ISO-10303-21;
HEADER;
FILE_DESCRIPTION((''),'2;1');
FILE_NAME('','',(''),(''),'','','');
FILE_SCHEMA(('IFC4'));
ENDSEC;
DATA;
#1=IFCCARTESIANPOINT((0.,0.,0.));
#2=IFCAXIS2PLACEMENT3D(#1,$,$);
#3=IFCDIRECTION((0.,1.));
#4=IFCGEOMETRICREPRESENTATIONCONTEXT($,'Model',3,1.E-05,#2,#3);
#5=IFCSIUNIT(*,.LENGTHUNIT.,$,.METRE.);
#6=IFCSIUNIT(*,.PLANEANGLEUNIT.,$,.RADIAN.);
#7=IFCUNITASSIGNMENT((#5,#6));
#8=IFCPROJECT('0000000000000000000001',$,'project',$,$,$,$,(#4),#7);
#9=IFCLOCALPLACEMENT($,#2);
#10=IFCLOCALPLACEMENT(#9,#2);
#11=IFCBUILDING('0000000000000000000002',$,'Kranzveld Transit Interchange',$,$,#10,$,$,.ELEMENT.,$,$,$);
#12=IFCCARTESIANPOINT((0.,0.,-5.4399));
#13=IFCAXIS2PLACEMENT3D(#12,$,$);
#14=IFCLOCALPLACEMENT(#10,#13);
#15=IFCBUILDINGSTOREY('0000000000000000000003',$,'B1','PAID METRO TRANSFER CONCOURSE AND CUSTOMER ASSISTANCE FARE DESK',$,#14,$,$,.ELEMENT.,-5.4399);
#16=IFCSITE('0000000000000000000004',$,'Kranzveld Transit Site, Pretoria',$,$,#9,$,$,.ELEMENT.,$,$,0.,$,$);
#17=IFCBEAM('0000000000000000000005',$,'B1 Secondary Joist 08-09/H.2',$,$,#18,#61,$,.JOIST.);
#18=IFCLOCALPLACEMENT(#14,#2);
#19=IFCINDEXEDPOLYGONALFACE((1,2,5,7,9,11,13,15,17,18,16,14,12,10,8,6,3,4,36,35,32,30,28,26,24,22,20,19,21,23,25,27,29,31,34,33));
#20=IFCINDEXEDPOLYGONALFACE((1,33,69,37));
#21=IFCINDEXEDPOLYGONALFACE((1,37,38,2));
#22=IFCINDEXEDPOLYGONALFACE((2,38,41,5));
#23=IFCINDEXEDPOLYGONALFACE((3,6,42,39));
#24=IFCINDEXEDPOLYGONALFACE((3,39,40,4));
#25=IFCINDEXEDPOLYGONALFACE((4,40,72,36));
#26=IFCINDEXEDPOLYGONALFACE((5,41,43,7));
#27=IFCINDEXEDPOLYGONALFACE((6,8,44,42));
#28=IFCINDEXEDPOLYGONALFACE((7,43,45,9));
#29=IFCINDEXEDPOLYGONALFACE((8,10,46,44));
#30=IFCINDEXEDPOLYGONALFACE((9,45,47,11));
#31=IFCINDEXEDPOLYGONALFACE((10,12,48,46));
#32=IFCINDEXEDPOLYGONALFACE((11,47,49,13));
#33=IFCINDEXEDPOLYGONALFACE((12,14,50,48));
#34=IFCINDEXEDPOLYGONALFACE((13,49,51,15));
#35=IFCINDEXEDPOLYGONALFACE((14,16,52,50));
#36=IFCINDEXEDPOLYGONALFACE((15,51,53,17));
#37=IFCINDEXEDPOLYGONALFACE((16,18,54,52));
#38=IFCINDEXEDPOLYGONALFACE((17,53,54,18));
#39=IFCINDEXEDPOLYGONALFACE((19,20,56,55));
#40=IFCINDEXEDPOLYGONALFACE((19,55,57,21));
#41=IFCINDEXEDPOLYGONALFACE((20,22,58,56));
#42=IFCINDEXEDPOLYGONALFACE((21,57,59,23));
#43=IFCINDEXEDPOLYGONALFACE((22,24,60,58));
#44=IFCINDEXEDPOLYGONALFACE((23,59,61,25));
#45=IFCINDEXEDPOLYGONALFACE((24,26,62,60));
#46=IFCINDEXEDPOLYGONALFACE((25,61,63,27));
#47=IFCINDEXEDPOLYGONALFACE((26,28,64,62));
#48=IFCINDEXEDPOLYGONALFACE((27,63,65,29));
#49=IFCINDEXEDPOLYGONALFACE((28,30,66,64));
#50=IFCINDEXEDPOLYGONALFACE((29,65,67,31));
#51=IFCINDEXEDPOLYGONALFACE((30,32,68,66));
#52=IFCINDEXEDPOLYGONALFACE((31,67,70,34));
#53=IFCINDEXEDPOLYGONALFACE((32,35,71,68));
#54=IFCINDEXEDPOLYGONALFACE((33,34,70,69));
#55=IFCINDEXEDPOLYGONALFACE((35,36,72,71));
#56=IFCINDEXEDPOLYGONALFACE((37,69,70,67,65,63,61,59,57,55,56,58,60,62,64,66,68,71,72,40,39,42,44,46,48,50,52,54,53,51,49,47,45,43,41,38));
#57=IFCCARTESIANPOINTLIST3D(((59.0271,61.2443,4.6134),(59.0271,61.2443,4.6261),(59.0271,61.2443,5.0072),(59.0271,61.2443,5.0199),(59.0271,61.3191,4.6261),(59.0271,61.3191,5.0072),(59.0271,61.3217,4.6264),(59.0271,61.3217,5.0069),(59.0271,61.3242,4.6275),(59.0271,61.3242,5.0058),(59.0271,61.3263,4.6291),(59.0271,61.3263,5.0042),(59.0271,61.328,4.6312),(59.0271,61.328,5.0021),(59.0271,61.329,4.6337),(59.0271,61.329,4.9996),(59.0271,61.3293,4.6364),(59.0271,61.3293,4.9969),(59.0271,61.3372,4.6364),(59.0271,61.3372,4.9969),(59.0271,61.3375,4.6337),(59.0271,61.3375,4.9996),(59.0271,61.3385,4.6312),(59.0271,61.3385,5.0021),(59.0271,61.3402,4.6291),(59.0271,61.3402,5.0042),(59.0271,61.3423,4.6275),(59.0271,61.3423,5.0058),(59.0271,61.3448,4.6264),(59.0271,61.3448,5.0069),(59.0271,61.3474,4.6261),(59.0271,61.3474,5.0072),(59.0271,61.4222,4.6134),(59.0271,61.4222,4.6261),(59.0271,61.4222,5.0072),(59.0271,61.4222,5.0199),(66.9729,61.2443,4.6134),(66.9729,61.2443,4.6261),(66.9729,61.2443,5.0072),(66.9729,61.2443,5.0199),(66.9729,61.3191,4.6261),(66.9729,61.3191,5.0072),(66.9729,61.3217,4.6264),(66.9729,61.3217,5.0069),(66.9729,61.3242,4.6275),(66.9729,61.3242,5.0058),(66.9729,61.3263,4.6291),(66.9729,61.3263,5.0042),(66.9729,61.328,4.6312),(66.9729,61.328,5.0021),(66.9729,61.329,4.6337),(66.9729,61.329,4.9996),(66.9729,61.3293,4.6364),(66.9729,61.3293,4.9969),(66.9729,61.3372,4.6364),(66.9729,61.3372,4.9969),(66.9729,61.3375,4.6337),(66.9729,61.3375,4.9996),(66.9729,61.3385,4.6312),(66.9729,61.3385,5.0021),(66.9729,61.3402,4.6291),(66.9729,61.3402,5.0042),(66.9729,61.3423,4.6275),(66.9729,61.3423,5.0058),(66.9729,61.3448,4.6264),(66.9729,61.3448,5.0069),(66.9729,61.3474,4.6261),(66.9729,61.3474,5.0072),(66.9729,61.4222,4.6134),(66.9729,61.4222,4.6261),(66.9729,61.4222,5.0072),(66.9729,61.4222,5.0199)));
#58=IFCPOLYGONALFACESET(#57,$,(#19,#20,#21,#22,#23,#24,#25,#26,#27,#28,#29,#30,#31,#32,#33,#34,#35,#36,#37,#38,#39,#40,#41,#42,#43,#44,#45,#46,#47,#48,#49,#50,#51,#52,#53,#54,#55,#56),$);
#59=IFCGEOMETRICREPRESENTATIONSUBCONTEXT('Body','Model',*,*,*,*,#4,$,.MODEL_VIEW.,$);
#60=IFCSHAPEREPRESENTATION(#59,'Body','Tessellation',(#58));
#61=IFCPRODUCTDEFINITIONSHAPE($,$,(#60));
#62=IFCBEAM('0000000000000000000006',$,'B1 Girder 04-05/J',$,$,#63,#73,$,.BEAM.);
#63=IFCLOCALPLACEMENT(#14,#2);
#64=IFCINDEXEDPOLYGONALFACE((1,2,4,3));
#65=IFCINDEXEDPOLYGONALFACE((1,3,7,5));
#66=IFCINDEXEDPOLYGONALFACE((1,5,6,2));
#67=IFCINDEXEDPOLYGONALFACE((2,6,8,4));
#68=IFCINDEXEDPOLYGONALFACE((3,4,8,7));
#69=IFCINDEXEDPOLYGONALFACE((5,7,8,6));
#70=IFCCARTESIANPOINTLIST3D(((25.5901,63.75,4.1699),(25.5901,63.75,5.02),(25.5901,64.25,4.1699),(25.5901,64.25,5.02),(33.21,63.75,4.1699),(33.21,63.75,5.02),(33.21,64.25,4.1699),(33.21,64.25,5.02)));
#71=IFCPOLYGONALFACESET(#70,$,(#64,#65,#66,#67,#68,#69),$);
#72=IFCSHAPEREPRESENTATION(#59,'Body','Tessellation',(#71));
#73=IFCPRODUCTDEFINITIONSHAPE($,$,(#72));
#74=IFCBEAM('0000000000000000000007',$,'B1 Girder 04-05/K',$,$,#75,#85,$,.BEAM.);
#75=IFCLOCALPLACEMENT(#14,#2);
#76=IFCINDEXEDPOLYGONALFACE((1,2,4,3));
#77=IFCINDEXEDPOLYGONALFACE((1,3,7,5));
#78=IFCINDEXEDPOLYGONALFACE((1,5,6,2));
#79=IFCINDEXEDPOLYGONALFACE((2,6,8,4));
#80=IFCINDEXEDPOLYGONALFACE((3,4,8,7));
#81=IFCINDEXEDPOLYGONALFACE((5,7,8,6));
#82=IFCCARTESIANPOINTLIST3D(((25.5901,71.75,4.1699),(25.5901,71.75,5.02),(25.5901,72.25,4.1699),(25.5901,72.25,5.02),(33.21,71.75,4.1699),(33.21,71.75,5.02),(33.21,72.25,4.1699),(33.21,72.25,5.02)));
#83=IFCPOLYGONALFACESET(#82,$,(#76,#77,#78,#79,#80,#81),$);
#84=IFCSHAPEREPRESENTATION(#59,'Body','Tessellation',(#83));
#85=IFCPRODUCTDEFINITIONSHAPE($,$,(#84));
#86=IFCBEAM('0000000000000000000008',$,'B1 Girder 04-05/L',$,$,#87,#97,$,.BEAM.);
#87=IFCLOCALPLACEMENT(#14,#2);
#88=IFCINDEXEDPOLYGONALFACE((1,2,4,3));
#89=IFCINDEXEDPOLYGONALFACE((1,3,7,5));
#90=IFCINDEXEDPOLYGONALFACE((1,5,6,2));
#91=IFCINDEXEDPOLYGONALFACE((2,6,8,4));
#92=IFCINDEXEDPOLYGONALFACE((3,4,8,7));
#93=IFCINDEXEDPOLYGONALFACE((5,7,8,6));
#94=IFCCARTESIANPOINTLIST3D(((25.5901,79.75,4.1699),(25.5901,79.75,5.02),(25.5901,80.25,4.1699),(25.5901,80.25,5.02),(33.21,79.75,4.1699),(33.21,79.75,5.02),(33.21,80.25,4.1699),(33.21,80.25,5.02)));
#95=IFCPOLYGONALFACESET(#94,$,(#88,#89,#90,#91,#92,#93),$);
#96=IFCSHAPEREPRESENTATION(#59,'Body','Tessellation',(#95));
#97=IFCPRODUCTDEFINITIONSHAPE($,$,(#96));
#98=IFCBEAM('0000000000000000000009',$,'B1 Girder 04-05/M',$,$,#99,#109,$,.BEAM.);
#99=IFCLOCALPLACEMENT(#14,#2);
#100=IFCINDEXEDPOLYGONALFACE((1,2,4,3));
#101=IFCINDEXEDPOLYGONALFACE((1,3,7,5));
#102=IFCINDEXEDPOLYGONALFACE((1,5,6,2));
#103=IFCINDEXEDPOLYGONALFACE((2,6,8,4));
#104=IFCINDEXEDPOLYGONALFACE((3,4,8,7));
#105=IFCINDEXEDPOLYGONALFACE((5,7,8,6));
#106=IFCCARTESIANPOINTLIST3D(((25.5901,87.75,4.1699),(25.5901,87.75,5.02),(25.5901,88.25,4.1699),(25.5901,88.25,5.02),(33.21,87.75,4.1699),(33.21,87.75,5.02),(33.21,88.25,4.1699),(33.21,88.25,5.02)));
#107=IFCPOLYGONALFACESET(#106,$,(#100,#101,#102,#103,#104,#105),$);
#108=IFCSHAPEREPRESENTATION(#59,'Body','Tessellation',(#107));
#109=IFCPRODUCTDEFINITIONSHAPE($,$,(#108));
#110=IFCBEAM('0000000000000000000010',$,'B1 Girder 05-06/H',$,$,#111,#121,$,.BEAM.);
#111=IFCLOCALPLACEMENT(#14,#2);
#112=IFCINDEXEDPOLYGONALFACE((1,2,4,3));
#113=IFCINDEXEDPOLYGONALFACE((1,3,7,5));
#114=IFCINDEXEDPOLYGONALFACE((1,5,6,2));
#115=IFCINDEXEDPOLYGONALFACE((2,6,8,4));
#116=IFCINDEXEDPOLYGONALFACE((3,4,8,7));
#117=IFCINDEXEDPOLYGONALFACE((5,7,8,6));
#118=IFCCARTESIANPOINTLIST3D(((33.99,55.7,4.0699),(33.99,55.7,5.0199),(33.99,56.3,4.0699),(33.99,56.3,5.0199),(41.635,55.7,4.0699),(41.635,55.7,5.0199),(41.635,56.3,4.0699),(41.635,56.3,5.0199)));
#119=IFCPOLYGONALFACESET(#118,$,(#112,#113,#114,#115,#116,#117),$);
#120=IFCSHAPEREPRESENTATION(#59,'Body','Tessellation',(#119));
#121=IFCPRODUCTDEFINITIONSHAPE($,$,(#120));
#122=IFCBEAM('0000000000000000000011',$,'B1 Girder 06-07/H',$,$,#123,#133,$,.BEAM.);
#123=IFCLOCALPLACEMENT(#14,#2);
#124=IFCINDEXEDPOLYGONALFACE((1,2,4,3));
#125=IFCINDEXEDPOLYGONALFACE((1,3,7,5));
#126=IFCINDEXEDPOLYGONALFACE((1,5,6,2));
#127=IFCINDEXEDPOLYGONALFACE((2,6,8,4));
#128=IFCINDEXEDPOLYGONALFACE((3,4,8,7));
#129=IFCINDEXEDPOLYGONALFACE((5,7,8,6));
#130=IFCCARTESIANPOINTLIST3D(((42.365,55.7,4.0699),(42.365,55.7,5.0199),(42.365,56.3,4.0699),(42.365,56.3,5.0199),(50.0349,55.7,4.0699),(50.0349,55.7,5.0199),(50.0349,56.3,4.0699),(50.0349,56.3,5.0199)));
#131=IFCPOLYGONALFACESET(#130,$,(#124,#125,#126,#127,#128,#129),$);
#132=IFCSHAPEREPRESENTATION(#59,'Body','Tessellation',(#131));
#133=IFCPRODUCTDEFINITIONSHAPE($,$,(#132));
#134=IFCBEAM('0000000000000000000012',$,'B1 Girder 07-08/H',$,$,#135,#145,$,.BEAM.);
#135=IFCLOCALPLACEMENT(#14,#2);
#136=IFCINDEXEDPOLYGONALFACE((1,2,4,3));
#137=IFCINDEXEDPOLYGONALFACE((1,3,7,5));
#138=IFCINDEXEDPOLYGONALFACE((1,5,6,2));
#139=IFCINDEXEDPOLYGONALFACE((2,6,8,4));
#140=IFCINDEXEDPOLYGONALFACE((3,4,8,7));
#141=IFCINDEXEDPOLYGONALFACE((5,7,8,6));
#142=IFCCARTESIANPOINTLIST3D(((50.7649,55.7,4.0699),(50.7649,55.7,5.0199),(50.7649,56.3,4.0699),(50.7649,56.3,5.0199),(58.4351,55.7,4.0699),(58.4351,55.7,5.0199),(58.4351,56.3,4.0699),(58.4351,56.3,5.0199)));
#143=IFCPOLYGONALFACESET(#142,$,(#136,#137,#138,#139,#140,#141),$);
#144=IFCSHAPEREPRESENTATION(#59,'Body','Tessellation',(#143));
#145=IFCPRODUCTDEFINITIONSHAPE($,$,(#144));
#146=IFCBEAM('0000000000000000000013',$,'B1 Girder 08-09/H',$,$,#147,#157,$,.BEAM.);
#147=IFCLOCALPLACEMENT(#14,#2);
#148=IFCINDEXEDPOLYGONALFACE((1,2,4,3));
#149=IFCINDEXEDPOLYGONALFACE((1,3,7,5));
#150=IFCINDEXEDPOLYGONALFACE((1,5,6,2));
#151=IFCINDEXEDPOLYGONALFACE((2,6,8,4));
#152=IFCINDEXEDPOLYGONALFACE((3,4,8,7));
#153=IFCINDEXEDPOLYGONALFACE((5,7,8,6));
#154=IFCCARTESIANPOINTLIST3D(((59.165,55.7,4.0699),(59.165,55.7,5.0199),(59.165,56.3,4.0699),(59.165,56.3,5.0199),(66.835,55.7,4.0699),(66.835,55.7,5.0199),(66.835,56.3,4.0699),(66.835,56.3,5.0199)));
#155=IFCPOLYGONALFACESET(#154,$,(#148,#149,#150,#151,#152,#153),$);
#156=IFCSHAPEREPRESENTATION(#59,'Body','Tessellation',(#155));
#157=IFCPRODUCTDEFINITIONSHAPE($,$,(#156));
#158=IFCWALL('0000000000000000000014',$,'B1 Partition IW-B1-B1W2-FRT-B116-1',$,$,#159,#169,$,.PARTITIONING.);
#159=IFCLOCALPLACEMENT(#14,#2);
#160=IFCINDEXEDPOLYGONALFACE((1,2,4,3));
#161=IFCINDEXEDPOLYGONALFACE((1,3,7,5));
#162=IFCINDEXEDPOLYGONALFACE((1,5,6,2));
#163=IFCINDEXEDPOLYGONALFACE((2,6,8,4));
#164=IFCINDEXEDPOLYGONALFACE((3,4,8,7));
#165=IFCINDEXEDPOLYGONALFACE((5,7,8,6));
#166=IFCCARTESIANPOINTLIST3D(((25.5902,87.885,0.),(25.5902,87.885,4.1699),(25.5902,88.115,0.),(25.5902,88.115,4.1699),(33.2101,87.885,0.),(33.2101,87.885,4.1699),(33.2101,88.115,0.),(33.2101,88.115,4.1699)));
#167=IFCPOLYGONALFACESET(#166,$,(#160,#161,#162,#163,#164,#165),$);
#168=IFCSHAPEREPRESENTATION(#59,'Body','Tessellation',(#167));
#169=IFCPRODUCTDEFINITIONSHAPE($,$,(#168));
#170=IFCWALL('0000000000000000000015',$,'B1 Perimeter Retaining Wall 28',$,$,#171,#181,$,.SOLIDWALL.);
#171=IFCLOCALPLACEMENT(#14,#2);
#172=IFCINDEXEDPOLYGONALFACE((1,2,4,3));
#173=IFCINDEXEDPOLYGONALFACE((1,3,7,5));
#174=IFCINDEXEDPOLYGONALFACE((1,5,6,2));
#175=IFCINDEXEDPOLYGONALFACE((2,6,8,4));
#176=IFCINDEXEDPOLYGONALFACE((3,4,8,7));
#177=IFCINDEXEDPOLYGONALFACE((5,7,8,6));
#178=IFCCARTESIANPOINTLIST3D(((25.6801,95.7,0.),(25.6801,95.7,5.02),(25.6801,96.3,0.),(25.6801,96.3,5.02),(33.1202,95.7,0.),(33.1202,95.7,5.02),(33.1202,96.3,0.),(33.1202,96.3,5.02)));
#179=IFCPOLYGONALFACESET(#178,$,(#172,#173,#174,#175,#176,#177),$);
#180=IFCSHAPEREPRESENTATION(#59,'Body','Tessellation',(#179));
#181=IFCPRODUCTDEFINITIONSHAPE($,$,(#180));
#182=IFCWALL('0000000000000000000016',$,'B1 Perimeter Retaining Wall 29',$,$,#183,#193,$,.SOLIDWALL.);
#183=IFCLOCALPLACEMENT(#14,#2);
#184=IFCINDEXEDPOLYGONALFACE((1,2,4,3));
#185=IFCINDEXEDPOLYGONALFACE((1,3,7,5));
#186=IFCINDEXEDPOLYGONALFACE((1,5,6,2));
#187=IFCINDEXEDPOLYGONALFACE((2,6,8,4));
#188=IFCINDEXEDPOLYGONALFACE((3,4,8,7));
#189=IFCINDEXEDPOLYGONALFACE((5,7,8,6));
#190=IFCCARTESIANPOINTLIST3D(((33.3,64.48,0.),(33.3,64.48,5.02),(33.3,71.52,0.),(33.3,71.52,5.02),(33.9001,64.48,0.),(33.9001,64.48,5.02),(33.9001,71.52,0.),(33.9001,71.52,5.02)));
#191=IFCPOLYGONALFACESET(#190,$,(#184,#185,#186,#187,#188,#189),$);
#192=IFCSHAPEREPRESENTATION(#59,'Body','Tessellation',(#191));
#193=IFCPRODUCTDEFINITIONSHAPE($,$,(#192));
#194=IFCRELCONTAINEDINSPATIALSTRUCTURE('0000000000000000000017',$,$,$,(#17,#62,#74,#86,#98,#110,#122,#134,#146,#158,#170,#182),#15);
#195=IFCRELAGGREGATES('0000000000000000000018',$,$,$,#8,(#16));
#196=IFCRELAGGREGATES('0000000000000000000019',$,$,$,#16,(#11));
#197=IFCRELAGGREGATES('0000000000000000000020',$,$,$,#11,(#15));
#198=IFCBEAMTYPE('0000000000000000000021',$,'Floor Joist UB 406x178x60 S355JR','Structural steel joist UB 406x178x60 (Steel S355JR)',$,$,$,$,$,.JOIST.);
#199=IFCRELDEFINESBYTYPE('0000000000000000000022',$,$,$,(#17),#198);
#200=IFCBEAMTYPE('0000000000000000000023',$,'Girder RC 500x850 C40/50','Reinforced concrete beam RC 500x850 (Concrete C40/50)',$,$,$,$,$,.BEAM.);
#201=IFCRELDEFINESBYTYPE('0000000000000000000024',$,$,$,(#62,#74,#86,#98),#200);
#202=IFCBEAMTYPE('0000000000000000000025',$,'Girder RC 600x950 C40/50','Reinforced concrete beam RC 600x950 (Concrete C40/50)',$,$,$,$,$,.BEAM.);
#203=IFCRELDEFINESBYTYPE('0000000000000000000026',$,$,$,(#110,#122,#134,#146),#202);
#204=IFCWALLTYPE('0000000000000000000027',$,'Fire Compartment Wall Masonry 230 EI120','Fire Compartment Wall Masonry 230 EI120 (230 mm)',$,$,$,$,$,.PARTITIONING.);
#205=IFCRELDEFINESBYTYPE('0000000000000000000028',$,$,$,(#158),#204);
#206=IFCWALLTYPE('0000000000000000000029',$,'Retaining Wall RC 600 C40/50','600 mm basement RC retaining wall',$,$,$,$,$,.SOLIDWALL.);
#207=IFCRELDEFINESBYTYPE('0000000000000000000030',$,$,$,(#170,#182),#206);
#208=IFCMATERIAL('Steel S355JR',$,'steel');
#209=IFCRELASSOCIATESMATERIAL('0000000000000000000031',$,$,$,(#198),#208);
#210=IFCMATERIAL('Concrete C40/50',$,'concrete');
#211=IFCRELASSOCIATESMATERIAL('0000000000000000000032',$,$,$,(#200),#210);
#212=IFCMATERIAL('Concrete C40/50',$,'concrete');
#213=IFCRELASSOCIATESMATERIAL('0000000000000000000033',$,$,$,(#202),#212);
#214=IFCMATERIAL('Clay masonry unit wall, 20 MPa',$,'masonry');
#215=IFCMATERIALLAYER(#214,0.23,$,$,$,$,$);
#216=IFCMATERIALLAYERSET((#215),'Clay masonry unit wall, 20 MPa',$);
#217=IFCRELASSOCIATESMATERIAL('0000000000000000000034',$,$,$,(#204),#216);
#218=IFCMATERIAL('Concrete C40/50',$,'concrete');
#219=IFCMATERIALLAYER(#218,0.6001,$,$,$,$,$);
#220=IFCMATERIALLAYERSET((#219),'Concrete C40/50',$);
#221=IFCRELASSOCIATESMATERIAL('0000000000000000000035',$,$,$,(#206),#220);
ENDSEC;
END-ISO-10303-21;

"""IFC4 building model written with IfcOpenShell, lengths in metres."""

from ifc_helpers import new_model, si_unit, direction, frame, frame_2d, origin, origin_2d, place, context, subcontext, project, spatial, rectangle, i_section, extrude, material, layer, layer_set, material_profile, profile_set, type_object, element, save


model = new_model("IFC4")

# Units and contexts
model_context = context("Model", 3, precision=1e-05, world=origin(), true_north=direction((0.0, 1.0)))
body_context = subcontext(model_context, "Body", "Model", "MODEL_VIEW")
ifc_project = project(units=[si_unit("LENGTHUNIT", "METRE"), si_unit("PLANEANGLEUNIT", "RADIAN")], contexts=[model_context])

# Site, building, storey
site_placement = place(None, origin())
site = spatial("IfcSite", under=ifc_project, at=site_placement, Name="Kranzveld Transit Site, Pretoria", CompositionType="ELEMENT", RefElevation=0.0)
building_placement = place(site_placement, origin())
building = spatial("IfcBuilding", under=site, at=building_placement, Name="Kranzveld Transit Interchange", CompositionType="ELEMENT")
storey_placement = place(building_placement, frame((0.0, 0.0, -5.4399)))
storey = spatial("IfcBuildingStorey", under=building, at=storey_placement, Name="B1", Description="PAID METRO TRANSFER CONCOURSE AND CUSTOMER ASSISTANCE FARE DESK", CompositionType="ELEMENT", Elevation=-5.4399)

# Beams
ifc_material_1 = material(Name="Steel S355JR", Category="steel")
ifc_material_profile_1 = material_profile(ifc_material_1, i_section(OverallWidth=0.178, OverallDepth=0.4065, WebThickness=0.0078, FlangeThickness=0.0127, FilletRadius=0.0103, at=origin_2d()), Name="UB 406x178x60")
ifc_profile_set_1 = profile_set([ifc_material_profile_1], Name="Steel S355JR")
beam_type_1 = type_object("IfcBeamType", Name="Floor Joist UB 406x178x60 S355JR", Description="Structural steel joist UB 406x178x60 (Steel S355JR)", PredefinedType="JOIST", material=ifc_profile_set_1)
for number, where, z_axis, x_axis, name in (
    (1, (59.0271, 61.3333, 4.8167), (1.0, 0.0, 0.0), (0.0, 1.0, 0.0), "B1 Secondary Joist 08-09/H.2"),
):
    element("IfcBeam", number, at=place(storey_placement, frame(where, z_axis=z_axis, x_axis=x_axis)), inside=storey, type_object=beam_type_1, Name=name, PredefinedType="JOIST", context=body_context, shape_type="SweptSolid", body=[
        extrude(i_section(OverallWidth=0.178, OverallDepth=0.4065, WebThickness=0.0078, FlangeThickness=0.0127, FilletRadius=0.0103, at=origin_2d()), origin(), (0.0, 0.0, 1.0), 7.9458),
    ])
ifc_material_2 = material(Name="Concrete C40/50", Category="concrete")
ifc_material_profile_2 = material_profile(ifc_material_2, rectangle(XDim=0.5, YDim=0.8501, at=origin_2d()), Name="RC 500x850")
ifc_profile_set_2 = profile_set([ifc_material_profile_2], Name="Concrete C40/50")
beam_type_2 = type_object("IfcBeamType", Name="Girder RC 500x850 C40/50", Description="Reinforced concrete beam RC 500x850 (Concrete C40/50)", PredefinedType="BEAM", material=ifc_profile_set_2)
for number, where, z_axis, x_axis, name in (
    (2, (25.5901, 64.0, 4.595), (1.0, 0.0, 0.0), (0.0, 1.0, 0.0), "B1 Girder 04-05/J"),
    (3, (25.5901, 72.0, 4.595), (1.0, 0.0, 0.0), (0.0, 1.0, 0.0), "B1 Girder 04-05/K"),
    (4, (25.5901, 80.0, 4.595), (1.0, 0.0, 0.0), (0.0, 1.0, 0.0), "B1 Girder 04-05/L"),
    (5, (25.5901, 88.0, 4.595), (1.0, 0.0, 0.0), (0.0, 1.0, 0.0), "B1 Girder 04-05/M"),
):
    element("IfcBeam", number, at=place(storey_placement, frame(where, z_axis=z_axis, x_axis=x_axis)), inside=storey, type_object=beam_type_2, Name=name, PredefinedType="BEAM", context=body_context, shape_type="SweptSolid", body=[
        extrude(rectangle(XDim=0.5, YDim=0.8501, at=origin_2d()), origin(), (0.0, 0.0, 1.0), 7.6199),
    ])
ifc_material_3 = material(Name="Concrete C40/50", Category="concrete")
ifc_material_profile_3 = material_profile(ifc_material_3, rectangle(XDim=0.6001, YDim=0.95, at=origin_2d()), Name="RC 600x950")
ifc_profile_set_3 = profile_set([ifc_material_profile_3], Name="Concrete C40/50")
beam_type_3 = type_object("IfcBeamType", Name="Girder RC 600x950 C40/50", Description="Reinforced concrete beam RC 600x950 (Concrete C40/50)", PredefinedType="BEAM", material=ifc_profile_set_3)
beam_1_placement = place(storey_placement, frame((33.99, 56.0, 4.5449), z_axis=(1.0, 0.0, 0.0), x_axis=(0.0, 1.0, 0.0)))
element("IfcBeam", 6, at=beam_1_placement, inside=storey, type_object=beam_type_3, Name="B1 Girder 05-06/H", PredefinedType="BEAM", context=body_context, shape_type="SweptSolid", body=[
    extrude(rectangle(XDim=0.6001, YDim=0.95, at=origin_2d()), origin(), (0.0, 0.0, 1.0), 7.645),
])
beam_2_placement = place(storey_placement, frame((42.365, 56.0, 4.5449), z_axis=(1.0, 0.0, 0.0), x_axis=(0.0, 1.0, 0.0)))
element("IfcBeam", 7, at=beam_2_placement, inside=storey, type_object=beam_type_3, Name="B1 Girder 06-07/H", PredefinedType="BEAM", context=body_context, shape_type="SweptSolid", body=[
    extrude(rectangle(XDim=0.6001, YDim=0.95, at=origin_2d()), origin(), (0.0, 0.0, 1.0), 7.6699),
])
beam_3_placement = place(storey_placement, frame((50.7649, 56.0, 4.5449), z_axis=(1.0, 0.0, 0.0), x_axis=(0.0, 1.0, 0.0)))
element("IfcBeam", 8, at=beam_3_placement, inside=storey, type_object=beam_type_3, Name="B1 Girder 07-08/H", PredefinedType="BEAM", context=body_context, shape_type="SweptSolid", body=[
    extrude(rectangle(XDim=0.6001, YDim=0.95, at=origin_2d()), origin(), (0.0, 0.0, 1.0), 7.6702),
])
beam_4_placement = place(storey_placement, frame((59.165, 56.0, 4.5449), z_axis=(1.0, 0.0, 0.0), x_axis=(0.0, 1.0, 0.0)))
element("IfcBeam", 9, at=beam_4_placement, inside=storey, type_object=beam_type_3, Name="B1 Girder 08-09/H", PredefinedType="BEAM", context=body_context, shape_type="SweptSolid", body=[
    extrude(rectangle(XDim=0.6001, YDim=0.95, at=origin_2d()), origin(), (0.0, 0.0, 1.0), 7.6699),
])

# Walls
ifc_material_4 = material(Name="Clay masonry unit wall, 20 MPa", Category="masonry")
ifc_layer_1 = layer(ifc_material_4, 0.23)
ifc_layer_set_1 = layer_set([ifc_layer_1], Name="Clay masonry unit wall, 20 MPa")
wall_type_1 = type_object("IfcWallType", Name="Fire Compartment Wall Masonry 230 EI120", Description="Fire Compartment Wall Masonry 230 EI120 (230 mm)", PredefinedType="PARTITIONING", material=ifc_layer_set_1)
wall_1_placement = place(storey_placement, frame((25.5901, 88.0, 0.0), z_axis=(0.0, 0.0, 1.0), x_axis=(1.0, 0.0, 0.0)))
element("IfcWall", 10, at=wall_1_placement, inside=storey, type_object=wall_type_1, Name="B1 Partition IW-B1-B1W2-FRT-B116-1", PredefinedType="PARTITIONING", context=body_context, shape_type="SweptSolid", body=[
    extrude(rectangle(XDim=7.6199, YDim=0.23, at=frame_2d((3.8101, 0.0))), origin(), (0.0, 0.0, 1.0), 4.1699),
])
ifc_material_5 = material(Name="Concrete C40/50", Category="concrete")
ifc_layer_2 = layer(ifc_material_5, 0.6001)
ifc_layer_set_2 = layer_set([ifc_layer_2], Name="Concrete C40/50")
wall_type_2 = type_object("IfcWallType", Name="Retaining Wall RC 600 C40/50", Description="600 mm basement RC retaining wall", PredefinedType="SOLIDWALL", material=ifc_layer_set_2)
wall_2_placement = place(storey_placement, frame((25.6799, 96.0, 0.0), z_axis=(0.0, 0.0, 1.0), x_axis=(1.0, 0.0, 0.0)))
element("IfcWall", 11, at=wall_2_placement, inside=storey, type_object=wall_type_2, Name="B1 Perimeter Retaining Wall 28", PredefinedType="SOLIDWALL", context=body_context, shape_type="SweptSolid", body=[
    extrude(rectangle(XDim=7.4402, YDim=0.6001, at=frame_2d((3.7202, 0.0))), origin(), (0.0, 0.0, 1.0), 5.02),
])
for number, where, z_axis, x_axis, name in (
    (12, (33.6001, 64.48, 0.0), (0.0, 0.0, 1.0), (0.0, 1.0, 0.0), "B1 Perimeter Retaining Wall 29"),
):
    element("IfcWall", number, at=place(storey_placement, frame(where, z_axis=z_axis, x_axis=x_axis)), inside=storey, type_object=wall_type_2, Name=name, PredefinedType="SOLIDWALL", context=body_context, shape_type="SweptSolid", body=[
        extrude(rectangle(XDim=7.04, YDim=0.6001, at=frame_2d((3.52, 0.0))), origin(), (0.0, 0.0, 1.0), 5.02),
    ])

save(model, "model.ifc")
